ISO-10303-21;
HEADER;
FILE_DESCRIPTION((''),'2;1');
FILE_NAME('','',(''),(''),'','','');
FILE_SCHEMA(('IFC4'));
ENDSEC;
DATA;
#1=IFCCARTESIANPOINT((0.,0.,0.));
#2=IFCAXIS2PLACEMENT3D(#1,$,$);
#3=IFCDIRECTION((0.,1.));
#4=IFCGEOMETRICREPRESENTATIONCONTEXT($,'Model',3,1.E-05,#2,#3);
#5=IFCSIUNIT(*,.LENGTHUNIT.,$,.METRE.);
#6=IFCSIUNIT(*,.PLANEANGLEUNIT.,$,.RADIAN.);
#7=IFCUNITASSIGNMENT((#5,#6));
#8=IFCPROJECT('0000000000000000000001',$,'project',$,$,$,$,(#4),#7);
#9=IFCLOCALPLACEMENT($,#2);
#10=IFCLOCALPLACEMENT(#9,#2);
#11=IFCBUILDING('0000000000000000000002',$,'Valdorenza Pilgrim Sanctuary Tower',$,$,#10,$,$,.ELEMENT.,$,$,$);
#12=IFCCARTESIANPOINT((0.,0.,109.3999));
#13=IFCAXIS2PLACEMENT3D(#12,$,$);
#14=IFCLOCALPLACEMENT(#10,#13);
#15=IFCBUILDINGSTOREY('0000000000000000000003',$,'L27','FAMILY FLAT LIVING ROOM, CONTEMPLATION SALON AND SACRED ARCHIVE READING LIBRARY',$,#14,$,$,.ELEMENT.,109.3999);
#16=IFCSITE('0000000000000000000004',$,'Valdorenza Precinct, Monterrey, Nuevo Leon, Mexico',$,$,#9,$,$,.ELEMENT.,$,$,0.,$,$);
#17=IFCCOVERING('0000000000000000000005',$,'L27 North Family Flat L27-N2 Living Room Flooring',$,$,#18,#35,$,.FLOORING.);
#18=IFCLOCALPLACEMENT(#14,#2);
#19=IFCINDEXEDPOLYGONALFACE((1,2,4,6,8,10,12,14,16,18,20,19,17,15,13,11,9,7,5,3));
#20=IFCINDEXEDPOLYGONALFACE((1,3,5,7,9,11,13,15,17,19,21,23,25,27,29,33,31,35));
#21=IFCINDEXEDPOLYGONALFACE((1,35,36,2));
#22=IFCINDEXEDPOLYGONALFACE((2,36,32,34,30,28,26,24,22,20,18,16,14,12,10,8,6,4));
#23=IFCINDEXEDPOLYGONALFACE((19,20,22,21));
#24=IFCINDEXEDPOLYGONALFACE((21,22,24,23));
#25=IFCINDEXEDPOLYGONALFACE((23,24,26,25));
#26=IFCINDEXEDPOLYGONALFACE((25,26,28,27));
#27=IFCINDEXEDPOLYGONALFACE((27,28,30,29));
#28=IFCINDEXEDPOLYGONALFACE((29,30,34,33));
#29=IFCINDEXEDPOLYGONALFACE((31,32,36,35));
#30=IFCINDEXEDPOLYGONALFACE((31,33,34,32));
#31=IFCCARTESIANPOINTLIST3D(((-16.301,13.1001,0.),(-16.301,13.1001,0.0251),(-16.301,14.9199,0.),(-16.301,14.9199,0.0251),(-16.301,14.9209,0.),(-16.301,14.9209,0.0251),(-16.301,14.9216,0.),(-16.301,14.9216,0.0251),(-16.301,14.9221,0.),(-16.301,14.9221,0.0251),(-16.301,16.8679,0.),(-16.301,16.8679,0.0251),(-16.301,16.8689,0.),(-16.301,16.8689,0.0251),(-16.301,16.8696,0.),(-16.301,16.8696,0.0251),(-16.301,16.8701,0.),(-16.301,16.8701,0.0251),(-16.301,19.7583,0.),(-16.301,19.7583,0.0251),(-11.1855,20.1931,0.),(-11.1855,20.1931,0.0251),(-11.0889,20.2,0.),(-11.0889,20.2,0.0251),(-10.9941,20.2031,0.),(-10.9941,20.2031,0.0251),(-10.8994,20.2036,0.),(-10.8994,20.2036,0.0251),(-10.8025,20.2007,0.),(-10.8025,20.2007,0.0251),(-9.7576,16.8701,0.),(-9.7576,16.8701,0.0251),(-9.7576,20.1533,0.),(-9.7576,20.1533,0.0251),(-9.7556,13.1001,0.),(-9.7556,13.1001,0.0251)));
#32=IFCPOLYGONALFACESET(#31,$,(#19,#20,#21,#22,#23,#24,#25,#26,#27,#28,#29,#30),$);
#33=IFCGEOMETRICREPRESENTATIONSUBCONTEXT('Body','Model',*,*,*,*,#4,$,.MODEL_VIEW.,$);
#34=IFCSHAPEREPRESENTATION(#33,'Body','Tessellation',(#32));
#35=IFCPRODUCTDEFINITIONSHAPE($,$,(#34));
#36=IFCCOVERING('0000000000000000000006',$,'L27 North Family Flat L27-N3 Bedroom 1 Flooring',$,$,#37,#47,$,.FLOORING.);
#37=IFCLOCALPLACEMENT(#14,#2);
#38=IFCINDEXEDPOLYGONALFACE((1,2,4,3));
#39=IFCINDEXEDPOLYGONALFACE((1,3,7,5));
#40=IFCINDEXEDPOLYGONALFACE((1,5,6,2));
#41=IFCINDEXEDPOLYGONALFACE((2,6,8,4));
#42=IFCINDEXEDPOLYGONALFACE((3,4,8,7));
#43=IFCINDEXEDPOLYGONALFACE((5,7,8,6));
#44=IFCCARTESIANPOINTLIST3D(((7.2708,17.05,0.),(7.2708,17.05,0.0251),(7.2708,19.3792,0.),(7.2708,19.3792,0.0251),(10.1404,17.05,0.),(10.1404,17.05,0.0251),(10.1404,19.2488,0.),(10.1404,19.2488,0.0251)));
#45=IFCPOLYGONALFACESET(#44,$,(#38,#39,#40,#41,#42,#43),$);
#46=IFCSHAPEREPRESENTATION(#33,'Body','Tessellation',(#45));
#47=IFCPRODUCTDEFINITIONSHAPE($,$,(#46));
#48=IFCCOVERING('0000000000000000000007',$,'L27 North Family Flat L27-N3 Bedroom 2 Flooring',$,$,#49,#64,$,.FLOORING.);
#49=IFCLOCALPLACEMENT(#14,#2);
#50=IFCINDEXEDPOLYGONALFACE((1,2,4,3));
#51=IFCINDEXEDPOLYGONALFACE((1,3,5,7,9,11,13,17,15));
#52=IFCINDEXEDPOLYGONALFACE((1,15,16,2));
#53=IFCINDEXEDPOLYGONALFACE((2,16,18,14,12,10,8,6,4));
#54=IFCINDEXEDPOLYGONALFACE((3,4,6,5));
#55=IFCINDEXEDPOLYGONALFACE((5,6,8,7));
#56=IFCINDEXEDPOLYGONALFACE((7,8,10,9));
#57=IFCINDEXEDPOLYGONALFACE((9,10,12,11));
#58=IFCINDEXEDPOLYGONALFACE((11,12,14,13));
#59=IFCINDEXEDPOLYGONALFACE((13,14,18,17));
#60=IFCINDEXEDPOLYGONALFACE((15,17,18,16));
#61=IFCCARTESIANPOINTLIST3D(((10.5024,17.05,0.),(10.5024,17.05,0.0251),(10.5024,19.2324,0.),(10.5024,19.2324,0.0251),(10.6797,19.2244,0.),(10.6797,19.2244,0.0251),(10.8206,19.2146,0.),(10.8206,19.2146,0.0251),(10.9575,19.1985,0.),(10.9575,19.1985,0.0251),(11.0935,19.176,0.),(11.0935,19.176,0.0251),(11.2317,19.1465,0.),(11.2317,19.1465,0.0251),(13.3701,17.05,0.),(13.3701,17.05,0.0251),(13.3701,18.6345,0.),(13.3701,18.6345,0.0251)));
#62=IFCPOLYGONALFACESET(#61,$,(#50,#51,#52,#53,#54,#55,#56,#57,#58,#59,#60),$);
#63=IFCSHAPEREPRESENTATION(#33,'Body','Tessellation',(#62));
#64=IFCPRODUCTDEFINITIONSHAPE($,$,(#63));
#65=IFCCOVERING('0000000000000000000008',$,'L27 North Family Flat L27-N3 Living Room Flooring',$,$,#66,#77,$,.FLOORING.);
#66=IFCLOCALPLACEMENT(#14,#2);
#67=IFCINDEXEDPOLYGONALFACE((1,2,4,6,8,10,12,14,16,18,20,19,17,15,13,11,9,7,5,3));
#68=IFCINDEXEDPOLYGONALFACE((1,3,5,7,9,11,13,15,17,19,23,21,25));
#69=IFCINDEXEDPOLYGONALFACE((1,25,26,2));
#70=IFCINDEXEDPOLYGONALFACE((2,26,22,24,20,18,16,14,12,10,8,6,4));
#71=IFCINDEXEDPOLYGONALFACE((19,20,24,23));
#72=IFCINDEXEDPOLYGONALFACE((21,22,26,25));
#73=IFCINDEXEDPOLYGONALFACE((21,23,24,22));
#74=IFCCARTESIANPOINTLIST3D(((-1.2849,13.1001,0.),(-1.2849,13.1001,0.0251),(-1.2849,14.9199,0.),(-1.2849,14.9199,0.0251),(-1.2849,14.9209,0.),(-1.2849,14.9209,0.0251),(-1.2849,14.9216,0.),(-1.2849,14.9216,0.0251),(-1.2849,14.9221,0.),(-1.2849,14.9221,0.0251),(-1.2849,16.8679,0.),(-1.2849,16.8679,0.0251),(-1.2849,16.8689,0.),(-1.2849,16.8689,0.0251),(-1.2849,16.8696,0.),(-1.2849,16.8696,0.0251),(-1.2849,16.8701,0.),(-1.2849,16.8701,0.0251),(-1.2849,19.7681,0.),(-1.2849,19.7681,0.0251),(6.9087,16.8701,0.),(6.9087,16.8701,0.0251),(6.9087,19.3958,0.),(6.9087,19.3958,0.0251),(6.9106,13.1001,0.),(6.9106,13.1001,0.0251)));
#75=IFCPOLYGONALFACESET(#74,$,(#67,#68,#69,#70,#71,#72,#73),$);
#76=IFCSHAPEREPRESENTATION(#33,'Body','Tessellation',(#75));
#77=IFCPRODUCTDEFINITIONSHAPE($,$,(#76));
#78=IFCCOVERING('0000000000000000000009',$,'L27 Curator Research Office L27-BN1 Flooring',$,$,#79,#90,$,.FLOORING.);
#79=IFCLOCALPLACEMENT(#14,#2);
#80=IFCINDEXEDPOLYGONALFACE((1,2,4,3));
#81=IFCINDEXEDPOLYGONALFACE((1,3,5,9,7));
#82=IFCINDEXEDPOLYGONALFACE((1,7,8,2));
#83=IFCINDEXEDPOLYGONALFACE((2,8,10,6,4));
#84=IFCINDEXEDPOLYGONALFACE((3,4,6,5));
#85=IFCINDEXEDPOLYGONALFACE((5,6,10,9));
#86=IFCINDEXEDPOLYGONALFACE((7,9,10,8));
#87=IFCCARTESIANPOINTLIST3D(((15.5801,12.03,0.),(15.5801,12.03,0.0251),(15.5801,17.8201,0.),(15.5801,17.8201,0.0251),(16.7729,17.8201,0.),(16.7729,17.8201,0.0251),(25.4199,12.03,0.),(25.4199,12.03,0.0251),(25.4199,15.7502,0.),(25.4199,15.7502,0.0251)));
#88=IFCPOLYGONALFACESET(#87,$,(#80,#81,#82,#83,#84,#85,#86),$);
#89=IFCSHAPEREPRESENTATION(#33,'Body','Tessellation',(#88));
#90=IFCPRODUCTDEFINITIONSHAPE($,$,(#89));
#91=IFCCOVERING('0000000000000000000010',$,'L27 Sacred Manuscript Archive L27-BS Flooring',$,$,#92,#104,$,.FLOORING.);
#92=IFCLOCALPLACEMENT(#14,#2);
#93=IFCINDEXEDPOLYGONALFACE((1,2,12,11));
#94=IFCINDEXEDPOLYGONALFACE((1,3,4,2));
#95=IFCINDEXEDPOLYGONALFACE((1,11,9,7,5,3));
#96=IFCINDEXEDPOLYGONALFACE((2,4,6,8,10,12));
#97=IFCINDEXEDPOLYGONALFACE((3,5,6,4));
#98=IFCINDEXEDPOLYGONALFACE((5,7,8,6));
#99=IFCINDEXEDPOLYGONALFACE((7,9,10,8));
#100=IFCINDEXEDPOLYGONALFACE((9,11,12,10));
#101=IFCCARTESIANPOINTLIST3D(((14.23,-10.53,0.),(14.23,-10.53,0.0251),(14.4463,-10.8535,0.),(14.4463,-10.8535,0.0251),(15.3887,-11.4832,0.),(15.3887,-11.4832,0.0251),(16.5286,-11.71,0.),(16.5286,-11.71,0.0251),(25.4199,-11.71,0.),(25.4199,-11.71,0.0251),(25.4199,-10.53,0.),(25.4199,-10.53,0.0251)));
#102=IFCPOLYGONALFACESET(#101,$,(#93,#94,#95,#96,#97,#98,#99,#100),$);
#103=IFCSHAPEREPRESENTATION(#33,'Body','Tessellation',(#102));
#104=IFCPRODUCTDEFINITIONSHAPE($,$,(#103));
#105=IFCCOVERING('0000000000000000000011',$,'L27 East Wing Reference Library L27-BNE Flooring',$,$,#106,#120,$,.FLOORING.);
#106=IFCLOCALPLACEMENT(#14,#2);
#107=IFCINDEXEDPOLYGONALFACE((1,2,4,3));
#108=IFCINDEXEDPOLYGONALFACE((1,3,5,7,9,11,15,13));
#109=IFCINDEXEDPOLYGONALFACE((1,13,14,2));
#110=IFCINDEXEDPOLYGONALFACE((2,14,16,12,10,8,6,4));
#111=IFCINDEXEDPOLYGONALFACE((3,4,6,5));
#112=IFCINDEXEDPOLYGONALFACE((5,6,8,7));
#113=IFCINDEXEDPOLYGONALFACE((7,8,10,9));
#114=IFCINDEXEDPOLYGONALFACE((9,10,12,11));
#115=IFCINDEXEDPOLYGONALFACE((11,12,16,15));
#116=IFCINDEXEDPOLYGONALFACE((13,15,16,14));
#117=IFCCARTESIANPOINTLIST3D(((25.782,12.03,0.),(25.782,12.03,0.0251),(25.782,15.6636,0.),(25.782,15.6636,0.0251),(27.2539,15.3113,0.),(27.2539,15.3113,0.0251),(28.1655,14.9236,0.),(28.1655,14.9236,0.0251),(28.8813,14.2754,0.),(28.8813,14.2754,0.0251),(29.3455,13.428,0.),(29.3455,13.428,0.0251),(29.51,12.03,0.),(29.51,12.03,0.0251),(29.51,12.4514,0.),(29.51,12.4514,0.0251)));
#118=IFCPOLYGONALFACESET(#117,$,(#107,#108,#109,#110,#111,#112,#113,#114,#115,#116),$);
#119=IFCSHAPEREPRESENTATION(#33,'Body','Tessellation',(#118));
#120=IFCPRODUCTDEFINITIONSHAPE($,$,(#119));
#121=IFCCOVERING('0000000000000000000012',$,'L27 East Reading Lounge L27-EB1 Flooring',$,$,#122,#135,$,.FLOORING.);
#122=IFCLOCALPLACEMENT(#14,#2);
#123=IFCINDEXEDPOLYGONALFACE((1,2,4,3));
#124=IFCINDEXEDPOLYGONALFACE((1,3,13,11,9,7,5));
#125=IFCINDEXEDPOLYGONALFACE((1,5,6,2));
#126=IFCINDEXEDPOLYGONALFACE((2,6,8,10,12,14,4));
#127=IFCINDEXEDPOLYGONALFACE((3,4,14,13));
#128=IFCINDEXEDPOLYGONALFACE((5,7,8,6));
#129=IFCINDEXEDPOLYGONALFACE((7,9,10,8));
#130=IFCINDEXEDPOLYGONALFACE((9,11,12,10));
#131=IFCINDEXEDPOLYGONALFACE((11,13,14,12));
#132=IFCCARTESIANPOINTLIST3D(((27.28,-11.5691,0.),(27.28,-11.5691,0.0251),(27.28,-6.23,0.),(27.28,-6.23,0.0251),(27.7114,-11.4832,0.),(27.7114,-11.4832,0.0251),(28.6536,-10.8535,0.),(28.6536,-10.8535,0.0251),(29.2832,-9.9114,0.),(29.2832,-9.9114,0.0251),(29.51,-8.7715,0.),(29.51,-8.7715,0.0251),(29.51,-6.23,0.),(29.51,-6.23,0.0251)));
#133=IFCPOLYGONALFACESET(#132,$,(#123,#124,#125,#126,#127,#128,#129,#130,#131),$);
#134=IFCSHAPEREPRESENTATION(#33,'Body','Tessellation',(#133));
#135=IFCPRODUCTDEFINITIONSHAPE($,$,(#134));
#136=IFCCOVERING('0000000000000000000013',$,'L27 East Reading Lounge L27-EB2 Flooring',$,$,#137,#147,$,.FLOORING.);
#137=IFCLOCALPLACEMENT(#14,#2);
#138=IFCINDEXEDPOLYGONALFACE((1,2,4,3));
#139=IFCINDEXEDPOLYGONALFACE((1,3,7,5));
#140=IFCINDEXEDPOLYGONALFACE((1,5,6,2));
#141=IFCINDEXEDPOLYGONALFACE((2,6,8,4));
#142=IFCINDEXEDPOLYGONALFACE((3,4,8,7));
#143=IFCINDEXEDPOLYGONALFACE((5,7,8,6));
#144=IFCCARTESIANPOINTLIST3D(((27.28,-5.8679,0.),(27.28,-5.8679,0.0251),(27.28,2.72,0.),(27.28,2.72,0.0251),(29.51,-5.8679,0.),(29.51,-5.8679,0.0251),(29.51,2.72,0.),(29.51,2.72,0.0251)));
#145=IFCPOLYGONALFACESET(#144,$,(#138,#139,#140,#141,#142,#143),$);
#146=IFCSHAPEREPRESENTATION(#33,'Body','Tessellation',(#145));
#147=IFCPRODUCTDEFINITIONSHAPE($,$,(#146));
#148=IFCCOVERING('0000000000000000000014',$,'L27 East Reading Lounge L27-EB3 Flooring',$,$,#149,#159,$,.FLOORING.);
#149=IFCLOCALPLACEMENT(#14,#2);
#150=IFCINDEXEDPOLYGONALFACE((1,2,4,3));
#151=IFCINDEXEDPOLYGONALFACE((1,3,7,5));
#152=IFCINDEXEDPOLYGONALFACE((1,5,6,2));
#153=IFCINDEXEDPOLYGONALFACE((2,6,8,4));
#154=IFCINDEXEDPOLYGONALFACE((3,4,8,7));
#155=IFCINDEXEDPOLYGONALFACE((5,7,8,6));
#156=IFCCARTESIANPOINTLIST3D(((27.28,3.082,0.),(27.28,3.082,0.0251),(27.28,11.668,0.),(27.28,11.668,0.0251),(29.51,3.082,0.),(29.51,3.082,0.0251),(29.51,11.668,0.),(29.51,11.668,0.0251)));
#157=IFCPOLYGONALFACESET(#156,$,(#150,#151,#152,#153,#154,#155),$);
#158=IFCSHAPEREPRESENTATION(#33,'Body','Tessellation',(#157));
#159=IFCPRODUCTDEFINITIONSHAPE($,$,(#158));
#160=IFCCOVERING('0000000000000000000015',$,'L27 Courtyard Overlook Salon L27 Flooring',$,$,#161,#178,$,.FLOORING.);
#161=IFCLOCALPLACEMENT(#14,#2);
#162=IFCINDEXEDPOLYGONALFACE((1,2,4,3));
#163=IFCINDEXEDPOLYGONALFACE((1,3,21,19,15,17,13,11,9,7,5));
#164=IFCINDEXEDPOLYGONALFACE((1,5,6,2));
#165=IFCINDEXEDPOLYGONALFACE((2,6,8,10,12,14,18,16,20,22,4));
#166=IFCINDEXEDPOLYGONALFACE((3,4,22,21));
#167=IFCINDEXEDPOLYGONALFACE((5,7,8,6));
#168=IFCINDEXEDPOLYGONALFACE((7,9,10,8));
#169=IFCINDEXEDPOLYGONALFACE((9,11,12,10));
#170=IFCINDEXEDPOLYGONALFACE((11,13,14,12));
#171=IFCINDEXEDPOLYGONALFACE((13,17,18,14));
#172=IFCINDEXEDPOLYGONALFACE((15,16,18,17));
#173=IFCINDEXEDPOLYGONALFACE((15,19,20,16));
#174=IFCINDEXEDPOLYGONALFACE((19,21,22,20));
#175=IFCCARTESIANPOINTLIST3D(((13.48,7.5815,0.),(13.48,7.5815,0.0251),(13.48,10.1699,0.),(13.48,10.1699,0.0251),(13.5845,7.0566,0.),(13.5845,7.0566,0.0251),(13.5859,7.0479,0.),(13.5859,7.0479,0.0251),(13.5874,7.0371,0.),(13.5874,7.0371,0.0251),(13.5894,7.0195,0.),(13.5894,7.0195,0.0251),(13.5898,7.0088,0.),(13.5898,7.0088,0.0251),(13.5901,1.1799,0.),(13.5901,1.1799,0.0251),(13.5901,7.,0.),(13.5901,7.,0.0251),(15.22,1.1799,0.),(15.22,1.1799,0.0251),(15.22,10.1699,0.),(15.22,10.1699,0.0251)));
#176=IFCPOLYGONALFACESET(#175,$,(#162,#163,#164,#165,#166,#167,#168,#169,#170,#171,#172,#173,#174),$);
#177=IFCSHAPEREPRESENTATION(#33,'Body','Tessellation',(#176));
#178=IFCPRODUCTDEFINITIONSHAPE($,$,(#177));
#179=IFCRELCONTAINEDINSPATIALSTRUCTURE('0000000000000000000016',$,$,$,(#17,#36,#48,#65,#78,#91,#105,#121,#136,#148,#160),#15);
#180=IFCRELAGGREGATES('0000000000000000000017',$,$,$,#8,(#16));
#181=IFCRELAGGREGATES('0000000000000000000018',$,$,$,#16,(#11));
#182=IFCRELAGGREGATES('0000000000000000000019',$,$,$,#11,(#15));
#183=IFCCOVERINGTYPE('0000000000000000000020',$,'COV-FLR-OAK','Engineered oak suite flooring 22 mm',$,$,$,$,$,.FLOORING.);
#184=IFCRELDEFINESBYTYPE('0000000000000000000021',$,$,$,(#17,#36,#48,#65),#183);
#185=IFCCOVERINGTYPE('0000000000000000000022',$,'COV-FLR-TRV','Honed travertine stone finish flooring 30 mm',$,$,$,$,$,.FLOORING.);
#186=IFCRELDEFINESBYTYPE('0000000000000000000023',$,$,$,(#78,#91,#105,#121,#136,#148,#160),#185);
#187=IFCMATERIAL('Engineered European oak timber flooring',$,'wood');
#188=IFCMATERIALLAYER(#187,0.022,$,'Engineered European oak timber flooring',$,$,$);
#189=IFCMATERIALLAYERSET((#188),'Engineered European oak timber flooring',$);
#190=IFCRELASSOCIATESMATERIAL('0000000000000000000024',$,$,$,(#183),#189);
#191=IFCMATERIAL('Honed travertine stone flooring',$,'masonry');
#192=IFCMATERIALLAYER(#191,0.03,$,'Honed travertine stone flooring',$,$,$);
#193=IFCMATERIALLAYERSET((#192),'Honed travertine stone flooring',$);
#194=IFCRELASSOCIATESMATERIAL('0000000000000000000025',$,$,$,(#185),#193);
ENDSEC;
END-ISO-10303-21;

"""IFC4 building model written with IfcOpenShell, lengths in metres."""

from ifc_helpers import new_model, si_unit, direction, frame, origin, place, context, subcontext, project, spatial, polyline, outline, extrude, material, layer, layer_set, type_object, element, save


model = new_model("IFC4")

# Units and contexts
model_context = context("Model", 3, precision=1e-05, world=origin(), true_north=direction((0.0, 1.0)))
body_context = subcontext(model_context, "Body", "Model", "MODEL_VIEW")
ifc_project = project(units=[si_unit("LENGTHUNIT", "METRE"), si_unit("PLANEANGLEUNIT", "RADIAN")], contexts=[model_context])

# Site, building, storey
site_placement = place(None, origin())
site = spatial("IfcSite", under=ifc_project, at=site_placement, Name="Valdorenza Precinct, Monterrey, Nuevo Leon, Mexico", CompositionType="ELEMENT", RefElevation=0.0)
building_placement = place(site_placement, origin())
building = spatial("IfcBuilding", under=site, at=building_placement, Name="Valdorenza Pilgrim Sanctuary Tower", CompositionType="ELEMENT")
storey_placement = place(building_placement, frame((0.0, 0.0, 109.3999)))
storey = spatial("IfcBuildingStorey", under=building, at=storey_placement, Name="L27", Description="FAMILY FLAT LIVING ROOM, CONTEMPLATION SALON AND SACRED ARCHIVE READING LIBRARY", CompositionType="ELEMENT", Elevation=109.3999)

# Coverings
ifc_material_1 = material(Name="Engineered European oak timber flooring", Category="wood")
ifc_layer_1 = layer(ifc_material_1, 0.022, Name="Engineered European oak timber flooring")
ifc_layer_set_1 = layer_set([ifc_layer_1], Name="Engineered European oak timber flooring")
covering_type_1 = type_object("IfcCoveringType", Name="COV-FLR-OAK", Description="Engineered oak suite flooring 22 mm", PredefinedType="FLOORING", material=ifc_layer_set_1)
covering_1_placement = place(storey_placement, origin())
element("IfcCovering", 1, at=covering_1_placement, inside=storey, type_object=covering_type_1, Name="L27 North Family Flat L27-N2 Living Room Flooring", PredefinedType="FLOORING", context=body_context, shape_type="SweptSolid", body=[
    extrude(outline(polyline([(-16.301, 14.9216), (-16.301, 14.9221), (-16.301, 16.8679), (-16.301, 16.8689), (-16.301, 16.8696), (-16.301, 16.8701), (-16.301, 19.7583), (-11.1855, 20.1931), (-11.0889, 20.2), (-10.9941, 20.2031), (-10.8994, 20.2036), (-10.8025, 20.2007), (-9.7576, 20.1533), (-9.7576, 16.8701), (-9.7556, 13.1001), (-16.301, 13.1001), (-16.301, 14.9199), (-16.301, 14.9209), (-16.301, 14.9216)])), origin(), (0.0, 0.0, 1.0), 0.0251),
])
covering_2_placement = place(storey_placement, origin())
element("IfcCovering", 2, at=covering_2_placement, inside=storey, type_object=covering_type_1, Name="L27 North Family Flat L27-N3 Bedroom 1 Flooring", PredefinedType="FLOORING", context=body_context, shape_type="SweptSolid", body=[
    extrude(outline(polyline([(7.2708, 17.05), (7.2708, 19.3792), (10.1404, 19.2488), (10.1404, 17.05), (7.2708, 17.05)])), origin(), (0.0, 0.0, 1.0), 0.0251),
])
covering_3_placement = place(storey_placement, origin())
element("IfcCovering", 3, at=covering_3_placement, inside=storey, type_object=covering_type_1, Name="L27 North Family Flat L27-N3 Bedroom 2 Flooring", PredefinedType="FLOORING", context=body_context, shape_type="SweptSolid", body=[
    extrude(outline(polyline([(10.5024, 17.05), (10.5024, 19.2324), (10.6797, 19.2244), (10.8206, 19.2146), (10.9575, 19.1985), (11.0935, 19.176), (11.2317, 19.1465), (13.3701, 18.6345), (13.3701, 17.05), (10.5024, 17.05)])), origin(), (0.0, 0.0, 1.0), 0.0251),
])
covering_4_placement = place(storey_placement, origin())
element("IfcCovering", 4, at=covering_4_placement, inside=storey, type_object=covering_type_1, Name="L27 North Family Flat L27-N3 Living Room Flooring", PredefinedType="FLOORING", context=body_context, shape_type="SweptSolid", body=[
    extrude(outline(polyline([(-1.2849, 14.9216), (-1.2849, 14.9221), (-1.2849, 16.8679), (-1.2849, 16.8689), (-1.2849, 16.8696), (-1.2849, 16.8701), (-1.2849, 19.7681), (6.9087, 19.3958), (6.9087, 16.8701), (6.9106, 13.1001), (-1.2849, 13.1001), (-1.2849, 14.9199), (-1.2849, 14.9209), (-1.2849, 14.9216)])), origin(), (0.0, 0.0, 1.0), 0.0251),
])
ifc_material_2 = material(Name="Honed travertine stone flooring", Category="masonry")
ifc_layer_2 = layer(ifc_material_2, 0.03, Name="Honed travertine stone flooring")
ifc_layer_set_2 = layer_set([ifc_layer_2], Name="Honed travertine stone flooring")
covering_type_2 = type_object("IfcCoveringType", Name="COV-FLR-TRV", Description="Honed travertine stone finish flooring 30 mm", PredefinedType="FLOORING", material=ifc_layer_set_2)
covering_5_placement = place(storey_placement, origin())
element("IfcCovering", 5, at=covering_5_placement, inside=storey, type_object=covering_type_2, Name="L27 Curator Research Office L27-BN1 Flooring", PredefinedType="FLOORING", context=body_context, shape_type="SweptSolid", body=[
    extrude(outline(polyline([(15.5801, 12.03), (15.5801, 17.8201), (16.7729, 17.8201), (25.4199, 15.7502), (25.4199, 12.03), (15.5801, 12.03)])), origin(), (0.0, 0.0, 1.0), 0.0251),
])
covering_6_placement = place(storey_placement, origin())
element("IfcCovering", 6, at=covering_6_placement, inside=storey, type_object=covering_type_2, Name="L27 Sacred Manuscript Archive L27-BS Flooring", PredefinedType="FLOORING", context=body_context, shape_type="SweptSolid", body=[
    extrude(outline(polyline([(25.4199, -11.71), (16.5286, -11.71), (15.3887, -11.4832), (14.4463, -10.8535), (14.23, -10.53), (25.4199, -10.53), (25.4199, -11.71)])), origin(), (0.0, 0.0, 1.0), 0.0251),
])
covering_7_placement = place(storey_placement, origin())
element("IfcCovering", 7, at=covering_7_placement, inside=storey, type_object=covering_type_2, Name="L27 East Wing Reference Library L27-BNE Flooring", PredefinedType="FLOORING", context=body_context, shape_type="SweptSolid", body=[
    extrude(outline(polyline([(27.2539, 15.3113), (28.1655, 14.9236), (28.8813, 14.2754), (29.3455, 13.428), (29.51, 12.4514), (29.51, 12.03), (25.782, 12.03), (25.782, 15.6636), (27.2539, 15.3113)])), origin(), (0.0, 0.0, 1.0), 0.0251),
])
covering_8_placement = place(storey_placement, origin())
element("IfcCovering", 8, at=covering_8_placement, inside=storey, type_object=covering_type_2, Name="L27 East Reading Lounge L27-EB1 Flooring", PredefinedType="FLOORING", context=body_context, shape_type="SweptSolid", body=[
    extrude(outline(polyline([(29.51, -6.23), (29.51, -8.7715), (29.2832, -9.9114), (28.6536, -10.8535), (27.7114, -11.4832), (27.28, -11.5691), (27.28, -6.23), (29.51, -6.23)])), origin(), (0.0, 0.0, 1.0), 0.0251),
])
covering_9_placement = place(storey_placement, origin())
element("IfcCovering", 9, at=covering_9_placement, inside=storey, type_object=covering_type_2, Name="L27 East Reading Lounge L27-EB2 Flooring", PredefinedType="FLOORING", context=body_context, shape_type="SweptSolid", body=[
    extrude(outline(polyline([(27.28, 2.72), (29.51, 2.72), (29.51, -5.8679), (27.28, -5.8679), (27.28, 2.72)])), origin(), (0.0, 0.0, 1.0), 0.0251),
])
covering_10_placement = place(storey_placement, origin())
element("IfcCovering", 10, at=covering_10_placement, inside=storey, type_object=covering_type_2, Name="L27 East Reading Lounge L27-EB3 Flooring", PredefinedType="FLOORING", context=body_context, shape_type="SweptSolid", body=[
    extrude(outline(polyline([(27.28, 11.668), (29.51, 11.668), (29.51, 3.082), (27.28, 3.082), (27.28, 11.668)])), origin(), (0.0, 0.0, 1.0), 0.0251),
])
covering_11_placement = place(storey_placement, origin())
element("IfcCovering", 11, at=covering_11_placement, inside=storey, type_object=covering_type_2, Name="L27 Courtyard Overlook Salon L27 Flooring", PredefinedType="FLOORING", context=body_context, shape_type="SweptSolid", body=[
    extrude(outline(polyline([(15.22, 10.1699), (15.22, 1.1799), (13.5901, 1.1799), (13.5901, 7.0), (13.5898, 7.0088), (13.5894, 7.0195), (13.5874, 7.0371), (13.5859, 7.0479), (13.5845, 7.0566), (13.48, 7.5815), (13.48, 10.1699), (15.22, 10.1699)])), origin(), (0.0, 0.0, 1.0), 0.0251),
])

save(model, "model.ifc")
